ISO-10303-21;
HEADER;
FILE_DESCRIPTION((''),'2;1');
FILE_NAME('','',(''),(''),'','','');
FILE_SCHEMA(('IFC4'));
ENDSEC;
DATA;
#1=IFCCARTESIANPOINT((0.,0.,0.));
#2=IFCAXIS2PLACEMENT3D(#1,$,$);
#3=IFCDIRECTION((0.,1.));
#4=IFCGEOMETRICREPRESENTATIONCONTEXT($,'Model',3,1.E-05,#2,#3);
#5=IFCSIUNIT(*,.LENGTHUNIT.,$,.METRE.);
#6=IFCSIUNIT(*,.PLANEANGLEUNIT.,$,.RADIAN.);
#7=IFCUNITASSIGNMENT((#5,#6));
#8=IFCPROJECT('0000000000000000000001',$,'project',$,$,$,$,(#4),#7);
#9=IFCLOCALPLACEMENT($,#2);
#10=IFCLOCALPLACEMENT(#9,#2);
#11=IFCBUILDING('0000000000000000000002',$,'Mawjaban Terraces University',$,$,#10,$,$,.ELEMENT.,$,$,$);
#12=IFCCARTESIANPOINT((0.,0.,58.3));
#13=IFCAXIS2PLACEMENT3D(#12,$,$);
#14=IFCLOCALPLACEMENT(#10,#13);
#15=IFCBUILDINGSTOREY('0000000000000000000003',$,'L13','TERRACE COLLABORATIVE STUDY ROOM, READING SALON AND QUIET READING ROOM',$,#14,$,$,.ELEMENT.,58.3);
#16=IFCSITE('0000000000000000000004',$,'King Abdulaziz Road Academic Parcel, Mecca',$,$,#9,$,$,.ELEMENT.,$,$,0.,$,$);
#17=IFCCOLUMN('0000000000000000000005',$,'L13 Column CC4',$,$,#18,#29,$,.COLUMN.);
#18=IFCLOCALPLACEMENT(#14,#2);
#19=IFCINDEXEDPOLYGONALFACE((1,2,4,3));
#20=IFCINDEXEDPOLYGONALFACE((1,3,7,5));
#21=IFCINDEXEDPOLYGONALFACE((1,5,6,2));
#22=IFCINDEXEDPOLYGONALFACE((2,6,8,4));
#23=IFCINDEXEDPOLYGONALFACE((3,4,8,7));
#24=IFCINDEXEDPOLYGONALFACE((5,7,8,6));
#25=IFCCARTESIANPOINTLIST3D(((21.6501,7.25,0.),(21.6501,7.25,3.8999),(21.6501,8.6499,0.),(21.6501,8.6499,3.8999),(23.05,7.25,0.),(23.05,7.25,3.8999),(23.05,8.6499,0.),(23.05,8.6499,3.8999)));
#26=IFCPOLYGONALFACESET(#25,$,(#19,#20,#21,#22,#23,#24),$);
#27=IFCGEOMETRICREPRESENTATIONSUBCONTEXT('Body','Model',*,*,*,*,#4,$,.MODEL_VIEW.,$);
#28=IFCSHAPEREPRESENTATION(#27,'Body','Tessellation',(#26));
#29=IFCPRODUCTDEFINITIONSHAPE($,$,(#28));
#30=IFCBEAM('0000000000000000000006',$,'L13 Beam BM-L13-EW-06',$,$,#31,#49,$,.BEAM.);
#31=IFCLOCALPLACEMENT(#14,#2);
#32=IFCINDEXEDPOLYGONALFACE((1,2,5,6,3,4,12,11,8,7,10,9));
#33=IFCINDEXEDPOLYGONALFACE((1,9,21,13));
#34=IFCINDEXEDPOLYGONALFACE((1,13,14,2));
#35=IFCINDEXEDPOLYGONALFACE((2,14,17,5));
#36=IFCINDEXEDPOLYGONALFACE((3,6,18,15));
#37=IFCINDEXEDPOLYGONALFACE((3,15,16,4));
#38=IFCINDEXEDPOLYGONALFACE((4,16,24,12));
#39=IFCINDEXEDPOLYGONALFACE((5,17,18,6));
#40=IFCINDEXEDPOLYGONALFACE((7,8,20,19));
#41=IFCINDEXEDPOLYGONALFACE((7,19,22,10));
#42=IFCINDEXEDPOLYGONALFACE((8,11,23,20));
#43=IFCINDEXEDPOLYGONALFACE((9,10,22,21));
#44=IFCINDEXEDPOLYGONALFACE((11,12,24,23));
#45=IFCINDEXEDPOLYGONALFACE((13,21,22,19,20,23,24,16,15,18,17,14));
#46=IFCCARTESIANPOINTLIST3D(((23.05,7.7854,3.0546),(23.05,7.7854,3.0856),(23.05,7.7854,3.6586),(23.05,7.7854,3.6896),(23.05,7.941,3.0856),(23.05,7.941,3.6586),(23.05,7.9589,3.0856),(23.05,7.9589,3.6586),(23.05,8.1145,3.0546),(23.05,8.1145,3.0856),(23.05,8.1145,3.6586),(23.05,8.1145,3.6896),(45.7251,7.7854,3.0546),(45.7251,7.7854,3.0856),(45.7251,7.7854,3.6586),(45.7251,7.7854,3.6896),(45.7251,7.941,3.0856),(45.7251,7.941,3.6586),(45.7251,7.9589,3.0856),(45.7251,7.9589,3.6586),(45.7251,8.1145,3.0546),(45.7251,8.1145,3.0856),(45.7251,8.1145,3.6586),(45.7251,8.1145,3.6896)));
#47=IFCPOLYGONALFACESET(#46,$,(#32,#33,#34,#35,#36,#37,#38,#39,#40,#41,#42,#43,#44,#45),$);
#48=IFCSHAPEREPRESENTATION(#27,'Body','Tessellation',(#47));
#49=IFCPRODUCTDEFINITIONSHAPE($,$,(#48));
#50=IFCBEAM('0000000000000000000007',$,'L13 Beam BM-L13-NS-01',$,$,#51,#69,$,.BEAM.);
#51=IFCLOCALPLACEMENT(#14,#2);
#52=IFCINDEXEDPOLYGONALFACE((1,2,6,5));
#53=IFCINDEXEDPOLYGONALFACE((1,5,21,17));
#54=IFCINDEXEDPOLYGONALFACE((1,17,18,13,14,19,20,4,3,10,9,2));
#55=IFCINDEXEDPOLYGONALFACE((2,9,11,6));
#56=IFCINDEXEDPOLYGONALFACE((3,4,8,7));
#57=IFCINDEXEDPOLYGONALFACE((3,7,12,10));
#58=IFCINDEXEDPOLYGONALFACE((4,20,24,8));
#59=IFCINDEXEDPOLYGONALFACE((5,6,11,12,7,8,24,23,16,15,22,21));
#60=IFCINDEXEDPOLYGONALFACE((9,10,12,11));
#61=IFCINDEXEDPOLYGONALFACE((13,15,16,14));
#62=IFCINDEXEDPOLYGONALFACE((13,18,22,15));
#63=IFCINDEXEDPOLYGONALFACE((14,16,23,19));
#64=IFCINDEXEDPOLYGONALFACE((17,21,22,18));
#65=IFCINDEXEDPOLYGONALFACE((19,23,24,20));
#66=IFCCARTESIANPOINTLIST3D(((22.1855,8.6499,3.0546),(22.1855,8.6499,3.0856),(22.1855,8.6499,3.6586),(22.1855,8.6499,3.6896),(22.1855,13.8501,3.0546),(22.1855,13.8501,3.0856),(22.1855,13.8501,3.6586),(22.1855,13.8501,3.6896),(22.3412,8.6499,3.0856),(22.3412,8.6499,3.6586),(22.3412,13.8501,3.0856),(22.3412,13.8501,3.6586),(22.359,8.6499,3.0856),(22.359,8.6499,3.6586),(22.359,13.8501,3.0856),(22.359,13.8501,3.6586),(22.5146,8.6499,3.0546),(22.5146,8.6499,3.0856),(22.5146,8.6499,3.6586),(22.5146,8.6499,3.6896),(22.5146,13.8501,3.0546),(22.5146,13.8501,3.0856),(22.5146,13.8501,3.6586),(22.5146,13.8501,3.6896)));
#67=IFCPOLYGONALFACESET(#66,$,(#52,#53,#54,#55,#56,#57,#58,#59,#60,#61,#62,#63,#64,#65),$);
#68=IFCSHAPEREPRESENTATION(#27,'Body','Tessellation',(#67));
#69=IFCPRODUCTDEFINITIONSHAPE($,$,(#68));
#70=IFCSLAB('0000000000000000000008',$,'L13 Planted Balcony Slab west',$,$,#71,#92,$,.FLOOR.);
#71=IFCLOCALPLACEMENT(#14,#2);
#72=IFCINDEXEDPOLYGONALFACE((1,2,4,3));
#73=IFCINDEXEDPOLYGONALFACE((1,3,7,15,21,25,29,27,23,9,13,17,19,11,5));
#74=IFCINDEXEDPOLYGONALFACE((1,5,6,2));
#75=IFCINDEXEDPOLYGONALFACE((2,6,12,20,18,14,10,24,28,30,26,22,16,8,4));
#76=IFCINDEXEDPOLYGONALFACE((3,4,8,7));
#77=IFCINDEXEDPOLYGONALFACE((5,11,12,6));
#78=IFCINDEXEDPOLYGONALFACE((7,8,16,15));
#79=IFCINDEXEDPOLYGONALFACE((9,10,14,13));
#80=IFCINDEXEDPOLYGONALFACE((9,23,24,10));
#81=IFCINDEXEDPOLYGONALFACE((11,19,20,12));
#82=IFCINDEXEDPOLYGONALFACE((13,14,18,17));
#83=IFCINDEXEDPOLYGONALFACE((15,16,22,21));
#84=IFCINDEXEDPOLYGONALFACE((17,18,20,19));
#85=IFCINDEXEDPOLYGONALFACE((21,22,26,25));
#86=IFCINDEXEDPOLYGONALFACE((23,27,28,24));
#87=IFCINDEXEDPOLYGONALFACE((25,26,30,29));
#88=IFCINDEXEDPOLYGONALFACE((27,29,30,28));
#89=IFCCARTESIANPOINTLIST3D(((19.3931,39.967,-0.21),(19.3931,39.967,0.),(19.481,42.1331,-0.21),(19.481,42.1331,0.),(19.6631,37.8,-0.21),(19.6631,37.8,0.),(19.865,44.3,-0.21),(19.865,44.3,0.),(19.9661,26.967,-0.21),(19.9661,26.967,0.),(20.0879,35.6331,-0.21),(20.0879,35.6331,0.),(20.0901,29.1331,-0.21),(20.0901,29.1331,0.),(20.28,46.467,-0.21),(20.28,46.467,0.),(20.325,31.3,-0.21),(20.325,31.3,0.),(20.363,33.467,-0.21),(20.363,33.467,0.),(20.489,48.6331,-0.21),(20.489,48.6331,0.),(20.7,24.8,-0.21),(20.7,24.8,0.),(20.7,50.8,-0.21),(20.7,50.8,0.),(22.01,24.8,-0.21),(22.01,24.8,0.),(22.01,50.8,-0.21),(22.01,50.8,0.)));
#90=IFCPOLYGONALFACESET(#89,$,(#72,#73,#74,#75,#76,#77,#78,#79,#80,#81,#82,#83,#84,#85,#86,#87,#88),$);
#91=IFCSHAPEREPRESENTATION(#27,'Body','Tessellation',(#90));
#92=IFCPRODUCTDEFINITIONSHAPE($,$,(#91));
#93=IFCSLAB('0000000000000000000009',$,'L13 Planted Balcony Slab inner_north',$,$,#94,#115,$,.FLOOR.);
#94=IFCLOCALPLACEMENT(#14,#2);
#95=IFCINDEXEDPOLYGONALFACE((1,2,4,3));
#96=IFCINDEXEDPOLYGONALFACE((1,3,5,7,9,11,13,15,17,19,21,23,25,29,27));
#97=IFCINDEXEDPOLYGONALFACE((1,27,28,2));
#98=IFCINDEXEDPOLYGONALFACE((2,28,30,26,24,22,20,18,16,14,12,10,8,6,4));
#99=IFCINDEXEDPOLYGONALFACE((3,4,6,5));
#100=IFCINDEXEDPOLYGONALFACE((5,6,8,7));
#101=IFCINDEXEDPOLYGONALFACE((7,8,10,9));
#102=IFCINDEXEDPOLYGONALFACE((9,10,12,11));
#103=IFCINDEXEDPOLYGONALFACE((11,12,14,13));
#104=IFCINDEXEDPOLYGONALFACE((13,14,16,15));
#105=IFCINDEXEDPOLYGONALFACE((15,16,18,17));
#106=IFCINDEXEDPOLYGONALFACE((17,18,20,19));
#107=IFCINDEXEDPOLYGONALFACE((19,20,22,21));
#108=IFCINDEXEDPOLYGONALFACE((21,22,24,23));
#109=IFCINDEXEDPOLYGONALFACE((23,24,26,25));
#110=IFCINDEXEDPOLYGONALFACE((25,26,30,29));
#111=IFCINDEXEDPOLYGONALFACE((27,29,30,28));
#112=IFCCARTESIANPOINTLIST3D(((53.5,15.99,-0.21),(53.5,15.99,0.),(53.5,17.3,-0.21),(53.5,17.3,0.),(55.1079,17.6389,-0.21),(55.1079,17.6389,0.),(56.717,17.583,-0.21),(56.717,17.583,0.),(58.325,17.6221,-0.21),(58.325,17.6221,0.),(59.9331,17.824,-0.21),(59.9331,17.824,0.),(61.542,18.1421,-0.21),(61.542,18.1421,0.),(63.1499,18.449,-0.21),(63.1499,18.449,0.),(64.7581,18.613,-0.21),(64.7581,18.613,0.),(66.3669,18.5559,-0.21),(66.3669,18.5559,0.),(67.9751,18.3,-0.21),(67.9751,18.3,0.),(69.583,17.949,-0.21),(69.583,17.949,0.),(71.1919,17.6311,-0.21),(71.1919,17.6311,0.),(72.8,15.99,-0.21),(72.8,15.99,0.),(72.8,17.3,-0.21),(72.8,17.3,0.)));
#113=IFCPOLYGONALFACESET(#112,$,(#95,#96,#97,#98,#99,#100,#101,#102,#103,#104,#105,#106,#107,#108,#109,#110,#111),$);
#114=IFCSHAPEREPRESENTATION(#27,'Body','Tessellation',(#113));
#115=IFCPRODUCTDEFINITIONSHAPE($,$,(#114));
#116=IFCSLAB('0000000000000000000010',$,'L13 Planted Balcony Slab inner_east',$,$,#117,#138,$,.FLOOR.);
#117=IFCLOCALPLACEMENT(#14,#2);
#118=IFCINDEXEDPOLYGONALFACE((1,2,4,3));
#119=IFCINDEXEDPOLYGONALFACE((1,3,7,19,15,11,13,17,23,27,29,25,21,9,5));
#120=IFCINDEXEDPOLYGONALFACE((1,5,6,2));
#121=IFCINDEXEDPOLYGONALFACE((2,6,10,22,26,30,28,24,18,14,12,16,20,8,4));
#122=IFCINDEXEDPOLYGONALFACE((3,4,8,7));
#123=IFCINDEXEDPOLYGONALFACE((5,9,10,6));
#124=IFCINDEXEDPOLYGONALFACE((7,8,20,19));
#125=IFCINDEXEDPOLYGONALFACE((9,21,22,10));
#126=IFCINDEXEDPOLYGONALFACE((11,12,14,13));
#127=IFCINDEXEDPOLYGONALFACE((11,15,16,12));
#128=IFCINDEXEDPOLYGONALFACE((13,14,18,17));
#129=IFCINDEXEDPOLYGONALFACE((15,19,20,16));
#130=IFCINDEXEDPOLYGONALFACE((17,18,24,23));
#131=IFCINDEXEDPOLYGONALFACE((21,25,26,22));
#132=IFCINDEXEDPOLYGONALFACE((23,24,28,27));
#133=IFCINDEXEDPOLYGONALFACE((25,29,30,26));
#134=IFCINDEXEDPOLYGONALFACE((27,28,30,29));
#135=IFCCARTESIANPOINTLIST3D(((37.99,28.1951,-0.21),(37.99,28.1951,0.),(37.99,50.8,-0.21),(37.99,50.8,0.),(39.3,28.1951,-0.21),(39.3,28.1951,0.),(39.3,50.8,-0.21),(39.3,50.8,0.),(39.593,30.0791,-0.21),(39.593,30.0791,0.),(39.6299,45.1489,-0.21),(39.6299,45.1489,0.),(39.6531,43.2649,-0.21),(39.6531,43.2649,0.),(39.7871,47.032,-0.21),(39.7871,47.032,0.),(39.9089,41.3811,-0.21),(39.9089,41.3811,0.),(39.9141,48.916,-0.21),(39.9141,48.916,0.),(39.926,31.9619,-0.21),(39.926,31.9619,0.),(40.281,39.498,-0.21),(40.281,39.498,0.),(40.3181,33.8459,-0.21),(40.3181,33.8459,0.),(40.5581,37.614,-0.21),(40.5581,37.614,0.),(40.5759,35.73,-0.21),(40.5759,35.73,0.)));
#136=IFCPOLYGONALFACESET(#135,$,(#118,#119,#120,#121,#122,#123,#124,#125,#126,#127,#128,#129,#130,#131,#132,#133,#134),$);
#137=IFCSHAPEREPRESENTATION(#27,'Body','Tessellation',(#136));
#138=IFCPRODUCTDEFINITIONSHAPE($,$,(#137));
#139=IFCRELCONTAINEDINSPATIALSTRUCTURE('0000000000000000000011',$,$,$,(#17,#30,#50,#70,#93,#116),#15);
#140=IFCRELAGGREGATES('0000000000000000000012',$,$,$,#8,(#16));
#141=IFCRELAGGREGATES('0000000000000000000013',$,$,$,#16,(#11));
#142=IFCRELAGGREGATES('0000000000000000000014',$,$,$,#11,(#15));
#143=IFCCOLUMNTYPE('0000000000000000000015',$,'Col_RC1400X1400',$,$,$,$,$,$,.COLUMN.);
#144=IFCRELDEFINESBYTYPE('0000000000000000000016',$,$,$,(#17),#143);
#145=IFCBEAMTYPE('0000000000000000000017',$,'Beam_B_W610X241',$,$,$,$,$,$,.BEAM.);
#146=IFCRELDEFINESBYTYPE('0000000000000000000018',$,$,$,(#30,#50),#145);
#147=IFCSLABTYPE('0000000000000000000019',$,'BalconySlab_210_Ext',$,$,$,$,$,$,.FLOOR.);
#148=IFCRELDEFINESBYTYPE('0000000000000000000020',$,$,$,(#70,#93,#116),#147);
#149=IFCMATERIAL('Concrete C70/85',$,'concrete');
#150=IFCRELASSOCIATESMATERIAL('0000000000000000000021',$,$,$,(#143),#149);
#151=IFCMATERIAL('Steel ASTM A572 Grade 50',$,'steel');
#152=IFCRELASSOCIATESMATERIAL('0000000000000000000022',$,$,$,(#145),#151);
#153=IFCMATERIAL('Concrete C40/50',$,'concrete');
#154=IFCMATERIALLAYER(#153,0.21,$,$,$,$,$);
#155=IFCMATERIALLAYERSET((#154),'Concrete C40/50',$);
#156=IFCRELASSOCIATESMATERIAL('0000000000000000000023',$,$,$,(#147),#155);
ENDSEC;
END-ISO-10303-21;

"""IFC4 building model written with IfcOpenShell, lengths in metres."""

from ifc_helpers import new_model, si_unit, direction, frame, origin, origin_2d, place, context, subcontext, project, spatial, polyline, rectangle, i_section, outline, extrude, material, layer, layer_set, material_profile, profile_set, type_object, element, save


model = new_model("IFC4")

# Units and contexts
model_context = context("Model", 3, precision=1e-05, world=origin(), true_north=direction((0.0, 1.0)))
body_context = subcontext(model_context, "Body", "Model", "MODEL_VIEW")
ifc_project = project(units=[si_unit("LENGTHUNIT", "METRE"), si_unit("PLANEANGLEUNIT", "RADIAN")], contexts=[model_context])

# Site, building, storey
site_placement = place(None, origin())
site = spatial("IfcSite", under=ifc_project, at=site_placement, Name="King Abdulaziz Road Academic Parcel, Mecca", CompositionType="ELEMENT", RefElevation=0.0)
building_placement = place(site_placement, origin())
building = spatial("IfcBuilding", under=site, at=building_placement, Name="Mawjaban Terraces University", CompositionType="ELEMENT")
storey_placement = place(building_placement, frame((0.0, 0.0, 58.3)))
storey = spatial("IfcBuildingStorey", under=building, at=storey_placement, Name="L13", Description="TERRACE COLLABORATIVE STUDY ROOM, READING SALON AND QUIET READING ROOM", CompositionType="ELEMENT", Elevation=58.3)

# Column
ifc_material_1 = material(Name="Concrete C70/85", Category="concrete")
ifc_material_profile_1 = material_profile(ifc_material_1, rectangle(XDim=1.3999, YDim=1.3999, at=origin_2d()), Name="RC1400X1400")
ifc_profile_set_1 = profile_set([ifc_material_profile_1], Name="Concrete C70/85")
column_type = type_object("IfcColumnType", Name="Col_RC1400X1400", PredefinedType="COLUMN", material=ifc_profile_set_1)
column_placement = place(storey_placement, frame((22.3501, 7.95, 0.0), z_axis=(0.0, 0.0, 1.0), x_axis=(1.0, 0.0, 0.0)))
element("IfcColumn", 1, at=column_placement, inside=storey, type_object=column_type, Name="L13 Column CC4", PredefinedType="COLUMN", context=body_context, shape_type="SweptSolid", body=[
    extrude(rectangle(XDim=1.3999, YDim=1.3999, at=origin_2d()), origin(), (0.0, 0.0, 1.0), 3.8999),
])

# Beams
ifc_material_2 = material(Name="Steel ASTM A572 Grade 50", Category="steel")
ifc_material_profile_2 = material_profile(ifc_material_2, i_section(OverallWidth=0.3291, OverallDepth=0.635, WebThickness=0.0178, FlangeThickness=0.031, at=origin_2d()), Name="W610X241")
ifc_profile_set_2 = profile_set([ifc_material_profile_2], Name="Steel ASTM A572 Grade 50")
beam_type = type_object("IfcBeamType", Name="Beam_B_W610X241", PredefinedType="BEAM", material=ifc_profile_set_2)
beam_1_placement = place(storey_placement, frame((23.05, 7.95, 3.3721), z_axis=(1.0, 0.0, 0.0), x_axis=(0.0, 1.0, 0.0)))
element("IfcBeam", 2, at=beam_1_placement, inside=storey, type_object=beam_type, Name="L13 Beam BM-L13-EW-06", PredefinedType="BEAM", context=body_context, shape_type="SweptSolid", body=[
    extrude(i_section(OverallWidth=0.3291, OverallDepth=0.635, WebThickness=0.0178, FlangeThickness=0.031, at=origin_2d()), origin(), (0.0, 0.0, 1.0), 22.675),
])
beam_2_placement = place(storey_placement, frame((22.3501, 8.6499, 3.3721), z_axis=(0.0, 1.0, 0.0), x_axis=(-1.0, 0.0, 0.0)))
element("IfcBeam", 3, at=beam_2_placement, inside=storey, type_object=beam_type, Name="L13 Beam BM-L13-NS-01", PredefinedType="BEAM", context=body_context, shape_type="SweptSolid", body=[
    extrude(i_section(OverallWidth=0.3291, OverallDepth=0.635, WebThickness=0.0178, FlangeThickness=0.031, at=origin_2d()), origin(), (0.0, 0.0, 1.0), 5.2002),
])

# Slabs
ifc_material_3 = material(Name="Concrete C40/50", Category="concrete")
ifc_layer_1 = layer(ifc_material_3, 0.21)
ifc_layer_set_1 = layer_set([ifc_layer_1], Name="Concrete C40/50")
slab_type_1 = type_object("IfcSlabType", Name="BalconySlab_210_Ext", PredefinedType="FLOOR", material=ifc_layer_set_1)
slab_1_placement = place(storey_placement, frame((0.0, 0.0, -0.21)))
element("IfcSlab", 4, at=slab_1_placement, inside=storey, type_object=slab_type_1, Name="L13 Planted Balcony Slab west", PredefinedType="FLOOR", context=body_context, shape_type="SweptSolid", body=[
    extrude(outline(polyline([(22.01, 24.8), (22.01, 50.8), (20.7, 50.8), (20.489, 48.6331), (20.28, 46.467), (19.865, 44.3), (19.481, 42.1331), (19.3931, 39.967), (19.6631, 37.8), (20.0879, 35.6331), (20.363, 33.467), (20.325, 31.3), (20.0901, 29.1331), (19.9661, 26.967), (20.7, 24.8), (22.01, 24.8)])), origin(), (0.0, 0.0, 1.0), 0.21),
])
slab_2_placement = place(storey_placement, frame((0.0, 0.0, -0.21)))
element("IfcSlab", 5, at=slab_2_placement, inside=storey, type_object=slab_type_1, Name="L13 Planted Balcony Slab inner_north", PredefinedType="FLOOR", context=body_context, shape_type="SweptSolid", body=[
    extrude(outline(polyline([(53.5, 15.99), (72.8, 15.99), (72.8, 17.3), (71.1919, 17.6311), (69.583, 17.949), (67.9751, 18.3), (66.3669, 18.5559), (64.7581, 18.613), (63.1499, 18.449), (61.542, 18.1421), (59.9331, 17.824), (58.325, 17.6221), (56.717, 17.583), (55.1079, 17.6389), (53.5, 17.3), (53.5, 15.99)])), origin(), (0.0, 0.0, 1.0), 0.21),
])
slab_3_placement = place(storey_placement, frame((0.0, 0.0, -0.21)))
element("IfcSlab", 6, at=slab_3_placement, inside=storey, type_object=slab_type_1, Name="L13 Planted Balcony Slab inner_east", PredefinedType="FLOOR", context=body_context, shape_type="SweptSolid", body=[
    extrude(outline(polyline([(39.3, 28.1951), (39.593, 30.0791), (39.926, 31.9619), (40.3181, 33.8459), (40.5759, 35.73), (40.5581, 37.614), (40.281, 39.498), (39.9089, 41.3811), (39.6531, 43.2649), (39.6299, 45.1489), (39.7871, 47.032), (39.9141, 48.916), (39.3, 50.8), (37.99, 50.8), (37.99, 28.1951), (39.3, 28.1951)])), origin(), (0.0, 0.0, 1.0), 0.21),
])

save(model, "model.ifc")
